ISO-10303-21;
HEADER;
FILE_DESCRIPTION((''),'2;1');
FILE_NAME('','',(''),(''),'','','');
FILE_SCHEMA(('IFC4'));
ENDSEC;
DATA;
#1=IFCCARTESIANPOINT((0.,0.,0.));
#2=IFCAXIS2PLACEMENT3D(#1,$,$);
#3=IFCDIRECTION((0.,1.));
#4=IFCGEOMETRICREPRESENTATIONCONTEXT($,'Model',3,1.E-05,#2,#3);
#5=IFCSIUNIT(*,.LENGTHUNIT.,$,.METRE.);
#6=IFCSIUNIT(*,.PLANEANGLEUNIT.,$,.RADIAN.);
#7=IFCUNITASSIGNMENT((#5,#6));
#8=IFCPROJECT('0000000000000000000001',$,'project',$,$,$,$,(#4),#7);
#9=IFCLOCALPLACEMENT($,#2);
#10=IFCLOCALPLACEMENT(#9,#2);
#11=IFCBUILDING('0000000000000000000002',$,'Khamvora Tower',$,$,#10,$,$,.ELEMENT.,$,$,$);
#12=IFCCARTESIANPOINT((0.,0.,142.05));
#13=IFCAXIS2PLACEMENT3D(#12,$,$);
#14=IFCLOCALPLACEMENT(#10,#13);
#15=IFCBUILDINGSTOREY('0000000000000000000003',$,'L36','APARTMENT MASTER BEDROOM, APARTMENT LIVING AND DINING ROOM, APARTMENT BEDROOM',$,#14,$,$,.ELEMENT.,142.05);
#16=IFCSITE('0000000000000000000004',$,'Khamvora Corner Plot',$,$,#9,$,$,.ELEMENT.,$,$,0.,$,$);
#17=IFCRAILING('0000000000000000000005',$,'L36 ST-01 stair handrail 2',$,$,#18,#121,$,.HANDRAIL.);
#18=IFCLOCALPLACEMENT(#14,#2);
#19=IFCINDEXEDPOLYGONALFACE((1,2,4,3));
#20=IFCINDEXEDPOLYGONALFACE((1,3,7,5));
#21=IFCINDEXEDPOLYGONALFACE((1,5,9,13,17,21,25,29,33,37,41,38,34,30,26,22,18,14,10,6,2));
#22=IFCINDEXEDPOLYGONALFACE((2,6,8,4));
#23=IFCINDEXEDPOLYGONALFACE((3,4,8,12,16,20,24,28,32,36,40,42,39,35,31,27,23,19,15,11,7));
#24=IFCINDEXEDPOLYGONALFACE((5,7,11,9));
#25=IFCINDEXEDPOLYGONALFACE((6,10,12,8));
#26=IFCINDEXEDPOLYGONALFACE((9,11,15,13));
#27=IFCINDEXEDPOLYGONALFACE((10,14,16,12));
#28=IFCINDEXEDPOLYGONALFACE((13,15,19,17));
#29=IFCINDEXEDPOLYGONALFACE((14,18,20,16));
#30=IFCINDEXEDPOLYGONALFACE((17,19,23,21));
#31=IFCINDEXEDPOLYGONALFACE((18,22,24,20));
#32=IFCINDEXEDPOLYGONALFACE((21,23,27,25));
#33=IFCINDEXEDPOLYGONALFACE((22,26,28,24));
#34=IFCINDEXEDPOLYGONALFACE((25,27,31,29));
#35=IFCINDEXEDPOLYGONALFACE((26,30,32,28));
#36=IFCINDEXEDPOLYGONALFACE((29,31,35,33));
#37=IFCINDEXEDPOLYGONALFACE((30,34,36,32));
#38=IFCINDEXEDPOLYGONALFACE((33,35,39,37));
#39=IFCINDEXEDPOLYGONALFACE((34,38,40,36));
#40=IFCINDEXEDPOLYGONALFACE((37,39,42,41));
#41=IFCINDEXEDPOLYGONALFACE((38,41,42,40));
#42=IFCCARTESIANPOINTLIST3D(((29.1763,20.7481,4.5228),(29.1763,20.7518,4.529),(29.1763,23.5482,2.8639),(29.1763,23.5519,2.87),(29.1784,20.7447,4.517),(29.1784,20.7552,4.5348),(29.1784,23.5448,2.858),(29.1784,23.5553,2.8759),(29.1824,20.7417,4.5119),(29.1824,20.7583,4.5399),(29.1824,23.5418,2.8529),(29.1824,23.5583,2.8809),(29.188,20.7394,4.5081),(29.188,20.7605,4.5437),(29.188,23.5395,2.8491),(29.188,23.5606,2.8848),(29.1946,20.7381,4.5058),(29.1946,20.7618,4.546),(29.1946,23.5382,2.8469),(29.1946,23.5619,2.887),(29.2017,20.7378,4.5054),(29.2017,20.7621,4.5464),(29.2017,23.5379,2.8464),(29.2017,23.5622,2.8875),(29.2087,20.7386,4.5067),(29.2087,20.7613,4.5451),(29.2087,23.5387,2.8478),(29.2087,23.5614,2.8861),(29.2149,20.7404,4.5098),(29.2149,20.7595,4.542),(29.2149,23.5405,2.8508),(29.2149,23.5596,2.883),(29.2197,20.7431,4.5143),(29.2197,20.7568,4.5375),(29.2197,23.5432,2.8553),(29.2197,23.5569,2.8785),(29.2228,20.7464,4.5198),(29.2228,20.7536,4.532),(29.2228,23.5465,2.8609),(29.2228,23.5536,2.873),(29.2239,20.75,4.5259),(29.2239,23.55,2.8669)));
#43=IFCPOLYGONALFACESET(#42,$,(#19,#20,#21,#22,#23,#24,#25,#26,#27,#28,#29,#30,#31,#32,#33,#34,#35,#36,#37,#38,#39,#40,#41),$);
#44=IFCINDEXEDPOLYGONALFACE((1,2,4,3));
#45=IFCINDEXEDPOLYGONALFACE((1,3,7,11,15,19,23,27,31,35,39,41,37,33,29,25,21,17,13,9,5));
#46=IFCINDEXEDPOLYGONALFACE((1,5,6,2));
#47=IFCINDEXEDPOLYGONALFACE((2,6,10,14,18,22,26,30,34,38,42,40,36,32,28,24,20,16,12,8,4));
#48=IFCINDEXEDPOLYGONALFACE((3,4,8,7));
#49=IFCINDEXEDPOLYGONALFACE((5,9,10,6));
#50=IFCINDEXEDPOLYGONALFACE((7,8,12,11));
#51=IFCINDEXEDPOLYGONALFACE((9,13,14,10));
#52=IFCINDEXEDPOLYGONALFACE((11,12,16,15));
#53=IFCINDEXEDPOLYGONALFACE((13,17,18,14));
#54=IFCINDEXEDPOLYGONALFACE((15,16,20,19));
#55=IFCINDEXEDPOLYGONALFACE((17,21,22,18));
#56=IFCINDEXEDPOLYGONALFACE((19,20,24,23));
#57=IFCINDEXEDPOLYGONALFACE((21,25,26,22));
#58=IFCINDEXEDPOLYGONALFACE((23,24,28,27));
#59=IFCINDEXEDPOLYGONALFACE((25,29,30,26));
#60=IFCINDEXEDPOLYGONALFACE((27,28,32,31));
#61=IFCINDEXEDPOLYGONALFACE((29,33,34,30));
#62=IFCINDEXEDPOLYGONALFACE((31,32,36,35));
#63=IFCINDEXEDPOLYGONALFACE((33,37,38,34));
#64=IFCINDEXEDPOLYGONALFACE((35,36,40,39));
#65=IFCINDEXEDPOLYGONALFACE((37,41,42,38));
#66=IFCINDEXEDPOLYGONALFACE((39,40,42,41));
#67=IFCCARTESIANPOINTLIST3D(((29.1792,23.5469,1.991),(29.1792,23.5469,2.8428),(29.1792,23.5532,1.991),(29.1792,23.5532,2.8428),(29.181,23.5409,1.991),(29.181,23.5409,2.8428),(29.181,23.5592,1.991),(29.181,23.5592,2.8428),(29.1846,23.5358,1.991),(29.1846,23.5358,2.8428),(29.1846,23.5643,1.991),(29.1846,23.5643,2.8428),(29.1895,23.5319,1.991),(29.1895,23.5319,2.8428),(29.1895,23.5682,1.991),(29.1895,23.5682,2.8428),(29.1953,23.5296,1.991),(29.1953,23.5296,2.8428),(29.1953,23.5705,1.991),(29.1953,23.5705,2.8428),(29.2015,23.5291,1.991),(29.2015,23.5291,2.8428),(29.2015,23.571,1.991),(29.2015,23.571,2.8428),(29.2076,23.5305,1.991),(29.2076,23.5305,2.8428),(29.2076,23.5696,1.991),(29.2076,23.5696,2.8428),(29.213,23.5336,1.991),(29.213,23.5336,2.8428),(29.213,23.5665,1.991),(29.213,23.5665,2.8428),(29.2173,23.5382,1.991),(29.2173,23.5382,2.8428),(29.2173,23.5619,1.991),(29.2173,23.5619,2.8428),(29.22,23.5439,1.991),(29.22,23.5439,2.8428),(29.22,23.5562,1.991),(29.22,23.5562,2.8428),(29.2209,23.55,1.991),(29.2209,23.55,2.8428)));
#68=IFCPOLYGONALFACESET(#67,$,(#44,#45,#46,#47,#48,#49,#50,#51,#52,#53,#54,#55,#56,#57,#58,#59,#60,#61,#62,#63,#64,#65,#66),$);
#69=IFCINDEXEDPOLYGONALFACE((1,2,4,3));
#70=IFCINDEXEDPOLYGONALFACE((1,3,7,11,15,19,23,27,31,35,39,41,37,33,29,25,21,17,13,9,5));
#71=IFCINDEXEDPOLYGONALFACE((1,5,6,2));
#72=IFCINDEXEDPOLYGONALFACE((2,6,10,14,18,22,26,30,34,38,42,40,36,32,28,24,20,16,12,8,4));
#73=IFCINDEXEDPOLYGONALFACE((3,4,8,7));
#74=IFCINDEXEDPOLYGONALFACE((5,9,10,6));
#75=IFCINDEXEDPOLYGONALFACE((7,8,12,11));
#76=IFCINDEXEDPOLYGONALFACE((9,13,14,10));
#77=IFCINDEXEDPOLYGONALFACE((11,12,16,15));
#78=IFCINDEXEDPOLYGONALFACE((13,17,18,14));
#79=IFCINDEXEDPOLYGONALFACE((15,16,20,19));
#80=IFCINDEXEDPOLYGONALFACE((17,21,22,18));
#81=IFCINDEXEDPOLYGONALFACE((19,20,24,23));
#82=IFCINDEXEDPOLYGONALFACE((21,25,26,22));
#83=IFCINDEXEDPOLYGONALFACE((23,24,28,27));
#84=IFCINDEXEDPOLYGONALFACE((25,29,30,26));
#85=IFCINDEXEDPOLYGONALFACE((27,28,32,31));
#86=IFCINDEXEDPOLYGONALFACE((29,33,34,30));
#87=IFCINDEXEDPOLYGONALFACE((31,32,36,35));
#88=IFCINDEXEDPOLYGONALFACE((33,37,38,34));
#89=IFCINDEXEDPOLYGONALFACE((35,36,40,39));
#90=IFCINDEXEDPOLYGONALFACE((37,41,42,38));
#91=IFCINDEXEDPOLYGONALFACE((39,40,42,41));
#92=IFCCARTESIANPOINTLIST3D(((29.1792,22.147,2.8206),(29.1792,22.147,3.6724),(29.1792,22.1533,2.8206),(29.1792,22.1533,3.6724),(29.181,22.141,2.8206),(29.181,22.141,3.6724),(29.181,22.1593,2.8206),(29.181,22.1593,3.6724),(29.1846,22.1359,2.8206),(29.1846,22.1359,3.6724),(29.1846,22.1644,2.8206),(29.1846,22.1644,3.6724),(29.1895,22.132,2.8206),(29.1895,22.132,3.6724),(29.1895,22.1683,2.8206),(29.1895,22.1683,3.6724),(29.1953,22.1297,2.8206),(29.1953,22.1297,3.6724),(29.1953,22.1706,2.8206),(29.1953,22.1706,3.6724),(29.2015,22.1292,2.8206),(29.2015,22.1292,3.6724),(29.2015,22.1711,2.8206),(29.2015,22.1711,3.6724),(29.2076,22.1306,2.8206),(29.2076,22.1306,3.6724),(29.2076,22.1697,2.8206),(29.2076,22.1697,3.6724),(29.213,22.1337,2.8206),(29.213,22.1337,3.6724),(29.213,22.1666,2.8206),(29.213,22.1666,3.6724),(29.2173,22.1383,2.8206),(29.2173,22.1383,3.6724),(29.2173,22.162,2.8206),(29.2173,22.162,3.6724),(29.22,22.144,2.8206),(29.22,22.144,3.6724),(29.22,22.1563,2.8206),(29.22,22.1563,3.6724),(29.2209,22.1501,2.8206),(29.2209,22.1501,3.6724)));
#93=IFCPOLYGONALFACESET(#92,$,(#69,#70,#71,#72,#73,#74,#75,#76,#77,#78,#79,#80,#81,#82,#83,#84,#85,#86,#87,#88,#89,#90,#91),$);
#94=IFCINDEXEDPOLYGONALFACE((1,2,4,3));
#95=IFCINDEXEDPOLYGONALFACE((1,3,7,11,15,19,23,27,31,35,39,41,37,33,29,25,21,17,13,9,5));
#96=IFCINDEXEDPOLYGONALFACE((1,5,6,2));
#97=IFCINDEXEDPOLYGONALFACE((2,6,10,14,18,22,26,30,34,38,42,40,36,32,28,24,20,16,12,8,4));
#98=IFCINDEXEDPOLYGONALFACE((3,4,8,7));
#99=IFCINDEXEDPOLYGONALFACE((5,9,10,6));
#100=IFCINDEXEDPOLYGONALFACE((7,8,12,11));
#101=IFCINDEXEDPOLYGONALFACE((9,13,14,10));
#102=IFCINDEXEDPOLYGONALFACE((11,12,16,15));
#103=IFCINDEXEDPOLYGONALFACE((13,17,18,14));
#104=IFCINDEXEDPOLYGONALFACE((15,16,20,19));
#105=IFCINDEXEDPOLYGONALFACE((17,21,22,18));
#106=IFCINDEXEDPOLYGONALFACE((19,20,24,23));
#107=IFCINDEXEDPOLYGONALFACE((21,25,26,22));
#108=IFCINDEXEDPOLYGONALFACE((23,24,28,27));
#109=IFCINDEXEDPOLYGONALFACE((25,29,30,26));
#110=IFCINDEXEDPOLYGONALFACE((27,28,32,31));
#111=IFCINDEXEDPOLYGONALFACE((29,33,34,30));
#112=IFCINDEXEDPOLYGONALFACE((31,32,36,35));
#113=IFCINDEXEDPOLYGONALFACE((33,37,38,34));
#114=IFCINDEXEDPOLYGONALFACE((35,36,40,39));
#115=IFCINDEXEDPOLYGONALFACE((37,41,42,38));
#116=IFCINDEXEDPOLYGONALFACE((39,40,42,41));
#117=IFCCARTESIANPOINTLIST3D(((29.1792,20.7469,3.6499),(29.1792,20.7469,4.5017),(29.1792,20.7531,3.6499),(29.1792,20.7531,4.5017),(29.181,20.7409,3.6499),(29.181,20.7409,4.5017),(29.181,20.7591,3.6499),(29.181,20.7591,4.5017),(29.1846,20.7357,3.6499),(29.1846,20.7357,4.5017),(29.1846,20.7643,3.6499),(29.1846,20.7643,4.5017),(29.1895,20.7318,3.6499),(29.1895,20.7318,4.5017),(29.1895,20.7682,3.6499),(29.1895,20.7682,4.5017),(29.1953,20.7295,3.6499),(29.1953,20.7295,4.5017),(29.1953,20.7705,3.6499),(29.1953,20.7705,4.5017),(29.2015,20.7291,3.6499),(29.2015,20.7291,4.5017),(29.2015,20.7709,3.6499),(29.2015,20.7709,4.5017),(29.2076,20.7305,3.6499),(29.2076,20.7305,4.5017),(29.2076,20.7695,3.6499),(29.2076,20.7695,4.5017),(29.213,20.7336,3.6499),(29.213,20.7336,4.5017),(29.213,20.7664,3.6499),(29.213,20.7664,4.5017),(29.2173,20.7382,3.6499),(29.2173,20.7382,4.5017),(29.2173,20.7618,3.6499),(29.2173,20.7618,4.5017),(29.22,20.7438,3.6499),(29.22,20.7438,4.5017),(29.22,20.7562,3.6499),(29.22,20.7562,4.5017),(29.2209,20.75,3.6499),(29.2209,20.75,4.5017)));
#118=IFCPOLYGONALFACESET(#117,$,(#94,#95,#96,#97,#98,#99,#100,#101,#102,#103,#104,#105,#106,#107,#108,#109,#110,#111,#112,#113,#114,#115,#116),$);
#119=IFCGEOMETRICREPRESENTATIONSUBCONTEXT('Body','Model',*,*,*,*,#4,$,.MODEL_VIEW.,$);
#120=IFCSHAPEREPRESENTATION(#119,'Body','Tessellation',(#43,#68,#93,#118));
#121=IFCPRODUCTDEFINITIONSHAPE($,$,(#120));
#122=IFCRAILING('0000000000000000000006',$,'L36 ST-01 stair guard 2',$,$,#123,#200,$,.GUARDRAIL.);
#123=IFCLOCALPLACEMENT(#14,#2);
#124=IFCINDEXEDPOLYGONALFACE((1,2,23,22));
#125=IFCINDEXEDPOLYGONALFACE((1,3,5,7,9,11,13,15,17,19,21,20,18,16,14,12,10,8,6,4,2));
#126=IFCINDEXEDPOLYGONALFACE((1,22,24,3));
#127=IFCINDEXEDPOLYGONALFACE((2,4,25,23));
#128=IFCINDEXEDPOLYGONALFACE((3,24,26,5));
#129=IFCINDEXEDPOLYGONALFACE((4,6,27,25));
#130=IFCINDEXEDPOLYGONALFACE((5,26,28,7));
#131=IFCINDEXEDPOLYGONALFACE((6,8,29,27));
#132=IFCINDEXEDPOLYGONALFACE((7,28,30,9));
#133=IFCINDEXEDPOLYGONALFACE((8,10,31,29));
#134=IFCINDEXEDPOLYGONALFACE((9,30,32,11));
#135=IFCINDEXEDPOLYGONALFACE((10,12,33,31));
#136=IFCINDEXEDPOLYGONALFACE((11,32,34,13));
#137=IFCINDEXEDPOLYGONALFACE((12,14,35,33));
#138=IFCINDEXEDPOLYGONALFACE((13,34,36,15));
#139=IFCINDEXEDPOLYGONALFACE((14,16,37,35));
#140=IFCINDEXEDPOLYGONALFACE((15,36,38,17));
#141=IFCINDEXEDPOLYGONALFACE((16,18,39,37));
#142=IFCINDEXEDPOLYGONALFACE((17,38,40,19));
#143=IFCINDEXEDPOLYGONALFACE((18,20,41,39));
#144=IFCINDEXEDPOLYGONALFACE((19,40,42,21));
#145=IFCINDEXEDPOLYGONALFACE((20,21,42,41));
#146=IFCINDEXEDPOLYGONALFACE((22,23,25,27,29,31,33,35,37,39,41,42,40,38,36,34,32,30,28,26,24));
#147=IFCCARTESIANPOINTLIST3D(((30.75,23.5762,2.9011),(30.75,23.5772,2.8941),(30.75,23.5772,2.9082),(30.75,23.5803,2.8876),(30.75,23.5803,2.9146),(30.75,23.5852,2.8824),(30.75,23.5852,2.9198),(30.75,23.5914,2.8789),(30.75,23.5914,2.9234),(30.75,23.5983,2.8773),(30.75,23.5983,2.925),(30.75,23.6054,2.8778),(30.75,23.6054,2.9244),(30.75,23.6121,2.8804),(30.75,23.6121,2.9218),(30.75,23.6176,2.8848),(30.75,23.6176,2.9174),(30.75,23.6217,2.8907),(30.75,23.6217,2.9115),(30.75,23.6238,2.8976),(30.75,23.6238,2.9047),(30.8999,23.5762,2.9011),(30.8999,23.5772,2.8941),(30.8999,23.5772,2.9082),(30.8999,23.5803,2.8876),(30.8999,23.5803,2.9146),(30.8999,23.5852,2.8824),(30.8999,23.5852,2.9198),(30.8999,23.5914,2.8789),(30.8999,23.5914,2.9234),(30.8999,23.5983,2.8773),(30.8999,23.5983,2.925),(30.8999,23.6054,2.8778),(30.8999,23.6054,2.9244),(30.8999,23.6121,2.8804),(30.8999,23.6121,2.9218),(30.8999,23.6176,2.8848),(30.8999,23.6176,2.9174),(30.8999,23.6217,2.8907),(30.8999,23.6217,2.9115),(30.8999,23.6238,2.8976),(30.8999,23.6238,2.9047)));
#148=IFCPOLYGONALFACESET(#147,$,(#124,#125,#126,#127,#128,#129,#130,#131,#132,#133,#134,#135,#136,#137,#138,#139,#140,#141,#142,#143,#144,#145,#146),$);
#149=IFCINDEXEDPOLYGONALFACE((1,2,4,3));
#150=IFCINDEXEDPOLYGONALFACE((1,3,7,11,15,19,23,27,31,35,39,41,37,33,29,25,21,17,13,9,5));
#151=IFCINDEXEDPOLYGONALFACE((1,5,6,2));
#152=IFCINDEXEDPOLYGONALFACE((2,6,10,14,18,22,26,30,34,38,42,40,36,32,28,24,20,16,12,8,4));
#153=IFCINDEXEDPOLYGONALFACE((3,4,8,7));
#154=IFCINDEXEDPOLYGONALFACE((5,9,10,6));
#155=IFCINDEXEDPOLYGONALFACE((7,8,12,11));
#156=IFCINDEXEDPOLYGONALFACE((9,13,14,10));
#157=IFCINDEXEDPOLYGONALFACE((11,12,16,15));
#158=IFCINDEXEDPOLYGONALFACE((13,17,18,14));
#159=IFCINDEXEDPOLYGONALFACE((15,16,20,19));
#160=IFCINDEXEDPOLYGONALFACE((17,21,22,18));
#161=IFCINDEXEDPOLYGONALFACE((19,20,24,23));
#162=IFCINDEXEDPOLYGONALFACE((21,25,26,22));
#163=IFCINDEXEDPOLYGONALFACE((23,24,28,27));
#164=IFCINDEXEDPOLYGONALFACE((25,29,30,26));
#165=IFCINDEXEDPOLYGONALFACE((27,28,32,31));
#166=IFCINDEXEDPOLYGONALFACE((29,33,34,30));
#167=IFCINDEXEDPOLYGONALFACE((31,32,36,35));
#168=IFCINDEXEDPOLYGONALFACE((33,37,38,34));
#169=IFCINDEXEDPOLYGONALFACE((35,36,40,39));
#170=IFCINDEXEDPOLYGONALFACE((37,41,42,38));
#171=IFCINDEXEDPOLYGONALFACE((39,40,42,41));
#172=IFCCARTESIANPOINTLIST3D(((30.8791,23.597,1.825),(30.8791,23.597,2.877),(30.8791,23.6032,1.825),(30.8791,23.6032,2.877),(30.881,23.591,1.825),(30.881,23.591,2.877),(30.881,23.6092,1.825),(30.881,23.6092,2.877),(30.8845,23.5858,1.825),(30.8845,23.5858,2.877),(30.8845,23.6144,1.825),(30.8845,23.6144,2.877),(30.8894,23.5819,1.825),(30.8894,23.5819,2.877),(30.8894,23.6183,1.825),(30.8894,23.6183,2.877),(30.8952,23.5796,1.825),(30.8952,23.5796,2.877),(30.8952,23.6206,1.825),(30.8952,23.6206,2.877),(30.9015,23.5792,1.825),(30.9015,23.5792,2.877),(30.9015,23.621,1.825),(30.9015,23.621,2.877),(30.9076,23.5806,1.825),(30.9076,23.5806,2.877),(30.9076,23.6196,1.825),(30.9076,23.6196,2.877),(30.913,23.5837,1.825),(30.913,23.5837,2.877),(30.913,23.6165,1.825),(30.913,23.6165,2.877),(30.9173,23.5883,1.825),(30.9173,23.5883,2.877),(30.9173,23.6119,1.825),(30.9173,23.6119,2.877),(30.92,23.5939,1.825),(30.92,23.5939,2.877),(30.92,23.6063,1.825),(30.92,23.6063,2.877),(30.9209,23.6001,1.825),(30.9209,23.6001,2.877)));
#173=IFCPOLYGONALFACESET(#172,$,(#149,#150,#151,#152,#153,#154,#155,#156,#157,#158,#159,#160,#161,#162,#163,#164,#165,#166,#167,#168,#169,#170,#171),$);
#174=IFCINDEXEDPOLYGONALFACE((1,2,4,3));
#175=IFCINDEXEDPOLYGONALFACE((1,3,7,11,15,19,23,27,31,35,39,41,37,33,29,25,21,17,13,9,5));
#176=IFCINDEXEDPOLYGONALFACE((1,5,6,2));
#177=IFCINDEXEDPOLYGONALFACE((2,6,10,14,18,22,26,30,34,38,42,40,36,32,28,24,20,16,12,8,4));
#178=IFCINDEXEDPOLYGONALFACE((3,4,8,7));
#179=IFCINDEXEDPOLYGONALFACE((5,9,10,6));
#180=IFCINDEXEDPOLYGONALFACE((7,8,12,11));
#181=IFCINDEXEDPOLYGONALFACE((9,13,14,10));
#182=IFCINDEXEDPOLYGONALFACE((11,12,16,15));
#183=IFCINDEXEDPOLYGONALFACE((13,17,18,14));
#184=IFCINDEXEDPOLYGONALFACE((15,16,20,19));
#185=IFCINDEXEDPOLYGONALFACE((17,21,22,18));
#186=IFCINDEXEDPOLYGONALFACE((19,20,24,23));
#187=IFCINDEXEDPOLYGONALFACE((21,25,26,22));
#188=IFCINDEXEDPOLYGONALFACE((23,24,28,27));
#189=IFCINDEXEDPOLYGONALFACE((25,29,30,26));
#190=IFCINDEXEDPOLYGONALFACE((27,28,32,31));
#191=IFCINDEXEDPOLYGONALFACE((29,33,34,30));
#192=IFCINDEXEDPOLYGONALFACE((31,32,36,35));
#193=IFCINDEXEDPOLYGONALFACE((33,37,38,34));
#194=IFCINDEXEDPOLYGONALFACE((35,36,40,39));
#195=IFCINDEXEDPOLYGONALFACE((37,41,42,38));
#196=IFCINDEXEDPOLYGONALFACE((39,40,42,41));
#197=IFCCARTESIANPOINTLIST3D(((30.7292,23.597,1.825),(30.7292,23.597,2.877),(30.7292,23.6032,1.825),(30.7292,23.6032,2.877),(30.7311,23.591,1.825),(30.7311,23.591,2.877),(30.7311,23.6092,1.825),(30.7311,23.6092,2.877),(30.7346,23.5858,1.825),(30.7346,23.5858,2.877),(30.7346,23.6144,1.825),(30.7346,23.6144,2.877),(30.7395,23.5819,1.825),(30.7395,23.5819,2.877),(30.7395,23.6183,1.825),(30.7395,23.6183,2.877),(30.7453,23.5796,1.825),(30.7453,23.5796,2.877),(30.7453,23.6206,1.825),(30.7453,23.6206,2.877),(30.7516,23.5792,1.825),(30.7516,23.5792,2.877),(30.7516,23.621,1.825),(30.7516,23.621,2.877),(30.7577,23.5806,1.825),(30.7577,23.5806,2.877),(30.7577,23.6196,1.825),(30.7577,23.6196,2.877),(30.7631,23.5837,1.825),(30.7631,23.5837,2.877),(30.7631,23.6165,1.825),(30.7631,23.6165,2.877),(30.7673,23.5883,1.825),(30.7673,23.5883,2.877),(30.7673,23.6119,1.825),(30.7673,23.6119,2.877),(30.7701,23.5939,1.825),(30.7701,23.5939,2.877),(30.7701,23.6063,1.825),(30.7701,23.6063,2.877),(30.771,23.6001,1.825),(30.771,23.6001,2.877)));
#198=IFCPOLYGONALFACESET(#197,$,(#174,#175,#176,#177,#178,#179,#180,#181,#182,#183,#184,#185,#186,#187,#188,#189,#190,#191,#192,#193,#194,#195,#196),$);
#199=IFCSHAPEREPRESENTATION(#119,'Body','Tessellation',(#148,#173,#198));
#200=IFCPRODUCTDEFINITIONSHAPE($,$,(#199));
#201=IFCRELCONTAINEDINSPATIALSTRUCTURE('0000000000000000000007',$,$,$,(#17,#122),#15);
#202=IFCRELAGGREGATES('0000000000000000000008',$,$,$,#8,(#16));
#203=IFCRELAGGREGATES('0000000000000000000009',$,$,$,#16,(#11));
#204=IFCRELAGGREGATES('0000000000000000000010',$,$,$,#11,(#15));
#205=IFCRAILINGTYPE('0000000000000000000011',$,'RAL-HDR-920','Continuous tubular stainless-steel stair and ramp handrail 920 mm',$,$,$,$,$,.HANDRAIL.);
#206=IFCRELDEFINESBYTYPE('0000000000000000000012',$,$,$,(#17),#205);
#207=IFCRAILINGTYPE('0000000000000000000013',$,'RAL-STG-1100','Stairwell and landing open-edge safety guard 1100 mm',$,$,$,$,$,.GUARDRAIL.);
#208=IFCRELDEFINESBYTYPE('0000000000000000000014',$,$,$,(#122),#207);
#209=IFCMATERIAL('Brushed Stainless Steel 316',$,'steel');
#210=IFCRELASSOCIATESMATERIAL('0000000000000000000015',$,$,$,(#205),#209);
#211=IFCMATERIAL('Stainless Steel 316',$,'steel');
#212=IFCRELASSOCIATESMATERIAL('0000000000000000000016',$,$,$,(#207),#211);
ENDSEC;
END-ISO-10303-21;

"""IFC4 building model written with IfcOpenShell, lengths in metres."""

from ifc_helpers import new_model, si_unit, direction, frame, origin, origin_2d, place, context, subcontext, project, spatial, circle, extrude, material, type_object, element, save


model = new_model("IFC4")

# Units and contexts
model_context = context("Model", 3, precision=1e-05, world=origin(), true_north=direction((0.0, 1.0)))
body_context = subcontext(model_context, "Body", "Model", "MODEL_VIEW")
ifc_project = project(units=[si_unit("LENGTHUNIT", "METRE"), si_unit("PLANEANGLEUNIT", "RADIAN")], contexts=[model_context])

# Site, building, storey
site_placement = place(None, origin())
site = spatial("IfcSite", under=ifc_project, at=site_placement, Name="Khamvora Corner Plot", CompositionType="ELEMENT", RefElevation=0.0)
building_placement = place(site_placement, origin())
building = spatial("IfcBuilding", under=site, at=building_placement, Name="Khamvora Tower", CompositionType="ELEMENT")
storey_placement = place(building_placement, frame((0.0, 0.0, 142.05)))
storey = spatial("IfcBuildingStorey", under=building, at=storey_placement, Name="L36", Description="APARTMENT MASTER BEDROOM, APARTMENT LIVING AND DINING ROOM, APARTMENT BEDROOM", CompositionType="ELEMENT", Elevation=142.05)

# Railings
ifc_material_1 = material(Name="Brushed Stainless Steel 316", Category="steel")
railing_type_1 = type_object("IfcRailingType", Name="RAL-HDR-920", Description="Continuous tubular stainless-steel stair and ramp handrail 920 mm", PredefinedType="HANDRAIL", material=ifc_material_1)
railing_1_placement = place(storey_placement, frame((29.2, 23.55, 1.991)))
element("IfcRailing", 1, at=railing_1_placement, inside=storey, type_object=railing_type_1, Name="L36 ST-01 stair handrail 2", PredefinedType="HANDRAIL", context=body_context, shape_type="SweptSolid", body=[
    extrude(circle(Radius=0.0239, at=origin_2d()), frame((0.0, 0.0, 0.876), z_axis=(0.0, -0.860339, 0.509722), x_axis=(1.0, 0.0, 0.0)), (0.0, 0.0, 1.0), 3.2546),
    extrude(circle(Radius=0.021, at=origin_2d()), origin(), (0.0, 0.0, 1.0), 0.8518),
    extrude(circle(Radius=0.021, at=origin_2d()), frame((0.0, -1.3999, 0.8296)), (0.0, 0.0, 1.0), 0.8518),
    extrude(circle(Radius=0.021, at=origin_2d()), frame((0.0, -2.8, 1.6589)), (0.0, 0.0, 1.0), 0.8518),
])
ifc_material_2 = material(Name="Stainless Steel 316", Category="steel")
railing_type_2 = type_object("IfcRailingType", Name="RAL-STG-1100", Description="Stairwell and landing open-edge safety guard 1100 mm", PredefinedType="GUARDRAIL", material=ifc_material_2)
railing_2_placement = place(storey_placement, frame((30.8999, 23.6001, 1.825)))
element("IfcRailing", 2, at=railing_2_placement, inside=storey, type_object=railing_type_2, Name="L36 ST-01 stair guard 2", PredefinedType="GUARDRAIL", context=body_context, shape_type="SweptSolid", body=[
    extrude(circle(Radius=0.0239, at=origin_2d()), frame((0.0, 0.0, 1.0762), z_axis=(-1.0, 0.0, 0.0), x_axis=(0.0, -1.0, 0.0)), (0.0, 0.0, 1.0), 0.1499),
    extrude(circle(Radius=0.021, at=origin_2d()), origin(), (0.0, 0.0, 1.0), 1.052),
    extrude(circle(Radius=0.021, at=origin_2d()), frame((-0.1499, 0.0, 0.0)), (0.0, 0.0, 1.0), 1.052),
])

save(model, "model.ifc")
